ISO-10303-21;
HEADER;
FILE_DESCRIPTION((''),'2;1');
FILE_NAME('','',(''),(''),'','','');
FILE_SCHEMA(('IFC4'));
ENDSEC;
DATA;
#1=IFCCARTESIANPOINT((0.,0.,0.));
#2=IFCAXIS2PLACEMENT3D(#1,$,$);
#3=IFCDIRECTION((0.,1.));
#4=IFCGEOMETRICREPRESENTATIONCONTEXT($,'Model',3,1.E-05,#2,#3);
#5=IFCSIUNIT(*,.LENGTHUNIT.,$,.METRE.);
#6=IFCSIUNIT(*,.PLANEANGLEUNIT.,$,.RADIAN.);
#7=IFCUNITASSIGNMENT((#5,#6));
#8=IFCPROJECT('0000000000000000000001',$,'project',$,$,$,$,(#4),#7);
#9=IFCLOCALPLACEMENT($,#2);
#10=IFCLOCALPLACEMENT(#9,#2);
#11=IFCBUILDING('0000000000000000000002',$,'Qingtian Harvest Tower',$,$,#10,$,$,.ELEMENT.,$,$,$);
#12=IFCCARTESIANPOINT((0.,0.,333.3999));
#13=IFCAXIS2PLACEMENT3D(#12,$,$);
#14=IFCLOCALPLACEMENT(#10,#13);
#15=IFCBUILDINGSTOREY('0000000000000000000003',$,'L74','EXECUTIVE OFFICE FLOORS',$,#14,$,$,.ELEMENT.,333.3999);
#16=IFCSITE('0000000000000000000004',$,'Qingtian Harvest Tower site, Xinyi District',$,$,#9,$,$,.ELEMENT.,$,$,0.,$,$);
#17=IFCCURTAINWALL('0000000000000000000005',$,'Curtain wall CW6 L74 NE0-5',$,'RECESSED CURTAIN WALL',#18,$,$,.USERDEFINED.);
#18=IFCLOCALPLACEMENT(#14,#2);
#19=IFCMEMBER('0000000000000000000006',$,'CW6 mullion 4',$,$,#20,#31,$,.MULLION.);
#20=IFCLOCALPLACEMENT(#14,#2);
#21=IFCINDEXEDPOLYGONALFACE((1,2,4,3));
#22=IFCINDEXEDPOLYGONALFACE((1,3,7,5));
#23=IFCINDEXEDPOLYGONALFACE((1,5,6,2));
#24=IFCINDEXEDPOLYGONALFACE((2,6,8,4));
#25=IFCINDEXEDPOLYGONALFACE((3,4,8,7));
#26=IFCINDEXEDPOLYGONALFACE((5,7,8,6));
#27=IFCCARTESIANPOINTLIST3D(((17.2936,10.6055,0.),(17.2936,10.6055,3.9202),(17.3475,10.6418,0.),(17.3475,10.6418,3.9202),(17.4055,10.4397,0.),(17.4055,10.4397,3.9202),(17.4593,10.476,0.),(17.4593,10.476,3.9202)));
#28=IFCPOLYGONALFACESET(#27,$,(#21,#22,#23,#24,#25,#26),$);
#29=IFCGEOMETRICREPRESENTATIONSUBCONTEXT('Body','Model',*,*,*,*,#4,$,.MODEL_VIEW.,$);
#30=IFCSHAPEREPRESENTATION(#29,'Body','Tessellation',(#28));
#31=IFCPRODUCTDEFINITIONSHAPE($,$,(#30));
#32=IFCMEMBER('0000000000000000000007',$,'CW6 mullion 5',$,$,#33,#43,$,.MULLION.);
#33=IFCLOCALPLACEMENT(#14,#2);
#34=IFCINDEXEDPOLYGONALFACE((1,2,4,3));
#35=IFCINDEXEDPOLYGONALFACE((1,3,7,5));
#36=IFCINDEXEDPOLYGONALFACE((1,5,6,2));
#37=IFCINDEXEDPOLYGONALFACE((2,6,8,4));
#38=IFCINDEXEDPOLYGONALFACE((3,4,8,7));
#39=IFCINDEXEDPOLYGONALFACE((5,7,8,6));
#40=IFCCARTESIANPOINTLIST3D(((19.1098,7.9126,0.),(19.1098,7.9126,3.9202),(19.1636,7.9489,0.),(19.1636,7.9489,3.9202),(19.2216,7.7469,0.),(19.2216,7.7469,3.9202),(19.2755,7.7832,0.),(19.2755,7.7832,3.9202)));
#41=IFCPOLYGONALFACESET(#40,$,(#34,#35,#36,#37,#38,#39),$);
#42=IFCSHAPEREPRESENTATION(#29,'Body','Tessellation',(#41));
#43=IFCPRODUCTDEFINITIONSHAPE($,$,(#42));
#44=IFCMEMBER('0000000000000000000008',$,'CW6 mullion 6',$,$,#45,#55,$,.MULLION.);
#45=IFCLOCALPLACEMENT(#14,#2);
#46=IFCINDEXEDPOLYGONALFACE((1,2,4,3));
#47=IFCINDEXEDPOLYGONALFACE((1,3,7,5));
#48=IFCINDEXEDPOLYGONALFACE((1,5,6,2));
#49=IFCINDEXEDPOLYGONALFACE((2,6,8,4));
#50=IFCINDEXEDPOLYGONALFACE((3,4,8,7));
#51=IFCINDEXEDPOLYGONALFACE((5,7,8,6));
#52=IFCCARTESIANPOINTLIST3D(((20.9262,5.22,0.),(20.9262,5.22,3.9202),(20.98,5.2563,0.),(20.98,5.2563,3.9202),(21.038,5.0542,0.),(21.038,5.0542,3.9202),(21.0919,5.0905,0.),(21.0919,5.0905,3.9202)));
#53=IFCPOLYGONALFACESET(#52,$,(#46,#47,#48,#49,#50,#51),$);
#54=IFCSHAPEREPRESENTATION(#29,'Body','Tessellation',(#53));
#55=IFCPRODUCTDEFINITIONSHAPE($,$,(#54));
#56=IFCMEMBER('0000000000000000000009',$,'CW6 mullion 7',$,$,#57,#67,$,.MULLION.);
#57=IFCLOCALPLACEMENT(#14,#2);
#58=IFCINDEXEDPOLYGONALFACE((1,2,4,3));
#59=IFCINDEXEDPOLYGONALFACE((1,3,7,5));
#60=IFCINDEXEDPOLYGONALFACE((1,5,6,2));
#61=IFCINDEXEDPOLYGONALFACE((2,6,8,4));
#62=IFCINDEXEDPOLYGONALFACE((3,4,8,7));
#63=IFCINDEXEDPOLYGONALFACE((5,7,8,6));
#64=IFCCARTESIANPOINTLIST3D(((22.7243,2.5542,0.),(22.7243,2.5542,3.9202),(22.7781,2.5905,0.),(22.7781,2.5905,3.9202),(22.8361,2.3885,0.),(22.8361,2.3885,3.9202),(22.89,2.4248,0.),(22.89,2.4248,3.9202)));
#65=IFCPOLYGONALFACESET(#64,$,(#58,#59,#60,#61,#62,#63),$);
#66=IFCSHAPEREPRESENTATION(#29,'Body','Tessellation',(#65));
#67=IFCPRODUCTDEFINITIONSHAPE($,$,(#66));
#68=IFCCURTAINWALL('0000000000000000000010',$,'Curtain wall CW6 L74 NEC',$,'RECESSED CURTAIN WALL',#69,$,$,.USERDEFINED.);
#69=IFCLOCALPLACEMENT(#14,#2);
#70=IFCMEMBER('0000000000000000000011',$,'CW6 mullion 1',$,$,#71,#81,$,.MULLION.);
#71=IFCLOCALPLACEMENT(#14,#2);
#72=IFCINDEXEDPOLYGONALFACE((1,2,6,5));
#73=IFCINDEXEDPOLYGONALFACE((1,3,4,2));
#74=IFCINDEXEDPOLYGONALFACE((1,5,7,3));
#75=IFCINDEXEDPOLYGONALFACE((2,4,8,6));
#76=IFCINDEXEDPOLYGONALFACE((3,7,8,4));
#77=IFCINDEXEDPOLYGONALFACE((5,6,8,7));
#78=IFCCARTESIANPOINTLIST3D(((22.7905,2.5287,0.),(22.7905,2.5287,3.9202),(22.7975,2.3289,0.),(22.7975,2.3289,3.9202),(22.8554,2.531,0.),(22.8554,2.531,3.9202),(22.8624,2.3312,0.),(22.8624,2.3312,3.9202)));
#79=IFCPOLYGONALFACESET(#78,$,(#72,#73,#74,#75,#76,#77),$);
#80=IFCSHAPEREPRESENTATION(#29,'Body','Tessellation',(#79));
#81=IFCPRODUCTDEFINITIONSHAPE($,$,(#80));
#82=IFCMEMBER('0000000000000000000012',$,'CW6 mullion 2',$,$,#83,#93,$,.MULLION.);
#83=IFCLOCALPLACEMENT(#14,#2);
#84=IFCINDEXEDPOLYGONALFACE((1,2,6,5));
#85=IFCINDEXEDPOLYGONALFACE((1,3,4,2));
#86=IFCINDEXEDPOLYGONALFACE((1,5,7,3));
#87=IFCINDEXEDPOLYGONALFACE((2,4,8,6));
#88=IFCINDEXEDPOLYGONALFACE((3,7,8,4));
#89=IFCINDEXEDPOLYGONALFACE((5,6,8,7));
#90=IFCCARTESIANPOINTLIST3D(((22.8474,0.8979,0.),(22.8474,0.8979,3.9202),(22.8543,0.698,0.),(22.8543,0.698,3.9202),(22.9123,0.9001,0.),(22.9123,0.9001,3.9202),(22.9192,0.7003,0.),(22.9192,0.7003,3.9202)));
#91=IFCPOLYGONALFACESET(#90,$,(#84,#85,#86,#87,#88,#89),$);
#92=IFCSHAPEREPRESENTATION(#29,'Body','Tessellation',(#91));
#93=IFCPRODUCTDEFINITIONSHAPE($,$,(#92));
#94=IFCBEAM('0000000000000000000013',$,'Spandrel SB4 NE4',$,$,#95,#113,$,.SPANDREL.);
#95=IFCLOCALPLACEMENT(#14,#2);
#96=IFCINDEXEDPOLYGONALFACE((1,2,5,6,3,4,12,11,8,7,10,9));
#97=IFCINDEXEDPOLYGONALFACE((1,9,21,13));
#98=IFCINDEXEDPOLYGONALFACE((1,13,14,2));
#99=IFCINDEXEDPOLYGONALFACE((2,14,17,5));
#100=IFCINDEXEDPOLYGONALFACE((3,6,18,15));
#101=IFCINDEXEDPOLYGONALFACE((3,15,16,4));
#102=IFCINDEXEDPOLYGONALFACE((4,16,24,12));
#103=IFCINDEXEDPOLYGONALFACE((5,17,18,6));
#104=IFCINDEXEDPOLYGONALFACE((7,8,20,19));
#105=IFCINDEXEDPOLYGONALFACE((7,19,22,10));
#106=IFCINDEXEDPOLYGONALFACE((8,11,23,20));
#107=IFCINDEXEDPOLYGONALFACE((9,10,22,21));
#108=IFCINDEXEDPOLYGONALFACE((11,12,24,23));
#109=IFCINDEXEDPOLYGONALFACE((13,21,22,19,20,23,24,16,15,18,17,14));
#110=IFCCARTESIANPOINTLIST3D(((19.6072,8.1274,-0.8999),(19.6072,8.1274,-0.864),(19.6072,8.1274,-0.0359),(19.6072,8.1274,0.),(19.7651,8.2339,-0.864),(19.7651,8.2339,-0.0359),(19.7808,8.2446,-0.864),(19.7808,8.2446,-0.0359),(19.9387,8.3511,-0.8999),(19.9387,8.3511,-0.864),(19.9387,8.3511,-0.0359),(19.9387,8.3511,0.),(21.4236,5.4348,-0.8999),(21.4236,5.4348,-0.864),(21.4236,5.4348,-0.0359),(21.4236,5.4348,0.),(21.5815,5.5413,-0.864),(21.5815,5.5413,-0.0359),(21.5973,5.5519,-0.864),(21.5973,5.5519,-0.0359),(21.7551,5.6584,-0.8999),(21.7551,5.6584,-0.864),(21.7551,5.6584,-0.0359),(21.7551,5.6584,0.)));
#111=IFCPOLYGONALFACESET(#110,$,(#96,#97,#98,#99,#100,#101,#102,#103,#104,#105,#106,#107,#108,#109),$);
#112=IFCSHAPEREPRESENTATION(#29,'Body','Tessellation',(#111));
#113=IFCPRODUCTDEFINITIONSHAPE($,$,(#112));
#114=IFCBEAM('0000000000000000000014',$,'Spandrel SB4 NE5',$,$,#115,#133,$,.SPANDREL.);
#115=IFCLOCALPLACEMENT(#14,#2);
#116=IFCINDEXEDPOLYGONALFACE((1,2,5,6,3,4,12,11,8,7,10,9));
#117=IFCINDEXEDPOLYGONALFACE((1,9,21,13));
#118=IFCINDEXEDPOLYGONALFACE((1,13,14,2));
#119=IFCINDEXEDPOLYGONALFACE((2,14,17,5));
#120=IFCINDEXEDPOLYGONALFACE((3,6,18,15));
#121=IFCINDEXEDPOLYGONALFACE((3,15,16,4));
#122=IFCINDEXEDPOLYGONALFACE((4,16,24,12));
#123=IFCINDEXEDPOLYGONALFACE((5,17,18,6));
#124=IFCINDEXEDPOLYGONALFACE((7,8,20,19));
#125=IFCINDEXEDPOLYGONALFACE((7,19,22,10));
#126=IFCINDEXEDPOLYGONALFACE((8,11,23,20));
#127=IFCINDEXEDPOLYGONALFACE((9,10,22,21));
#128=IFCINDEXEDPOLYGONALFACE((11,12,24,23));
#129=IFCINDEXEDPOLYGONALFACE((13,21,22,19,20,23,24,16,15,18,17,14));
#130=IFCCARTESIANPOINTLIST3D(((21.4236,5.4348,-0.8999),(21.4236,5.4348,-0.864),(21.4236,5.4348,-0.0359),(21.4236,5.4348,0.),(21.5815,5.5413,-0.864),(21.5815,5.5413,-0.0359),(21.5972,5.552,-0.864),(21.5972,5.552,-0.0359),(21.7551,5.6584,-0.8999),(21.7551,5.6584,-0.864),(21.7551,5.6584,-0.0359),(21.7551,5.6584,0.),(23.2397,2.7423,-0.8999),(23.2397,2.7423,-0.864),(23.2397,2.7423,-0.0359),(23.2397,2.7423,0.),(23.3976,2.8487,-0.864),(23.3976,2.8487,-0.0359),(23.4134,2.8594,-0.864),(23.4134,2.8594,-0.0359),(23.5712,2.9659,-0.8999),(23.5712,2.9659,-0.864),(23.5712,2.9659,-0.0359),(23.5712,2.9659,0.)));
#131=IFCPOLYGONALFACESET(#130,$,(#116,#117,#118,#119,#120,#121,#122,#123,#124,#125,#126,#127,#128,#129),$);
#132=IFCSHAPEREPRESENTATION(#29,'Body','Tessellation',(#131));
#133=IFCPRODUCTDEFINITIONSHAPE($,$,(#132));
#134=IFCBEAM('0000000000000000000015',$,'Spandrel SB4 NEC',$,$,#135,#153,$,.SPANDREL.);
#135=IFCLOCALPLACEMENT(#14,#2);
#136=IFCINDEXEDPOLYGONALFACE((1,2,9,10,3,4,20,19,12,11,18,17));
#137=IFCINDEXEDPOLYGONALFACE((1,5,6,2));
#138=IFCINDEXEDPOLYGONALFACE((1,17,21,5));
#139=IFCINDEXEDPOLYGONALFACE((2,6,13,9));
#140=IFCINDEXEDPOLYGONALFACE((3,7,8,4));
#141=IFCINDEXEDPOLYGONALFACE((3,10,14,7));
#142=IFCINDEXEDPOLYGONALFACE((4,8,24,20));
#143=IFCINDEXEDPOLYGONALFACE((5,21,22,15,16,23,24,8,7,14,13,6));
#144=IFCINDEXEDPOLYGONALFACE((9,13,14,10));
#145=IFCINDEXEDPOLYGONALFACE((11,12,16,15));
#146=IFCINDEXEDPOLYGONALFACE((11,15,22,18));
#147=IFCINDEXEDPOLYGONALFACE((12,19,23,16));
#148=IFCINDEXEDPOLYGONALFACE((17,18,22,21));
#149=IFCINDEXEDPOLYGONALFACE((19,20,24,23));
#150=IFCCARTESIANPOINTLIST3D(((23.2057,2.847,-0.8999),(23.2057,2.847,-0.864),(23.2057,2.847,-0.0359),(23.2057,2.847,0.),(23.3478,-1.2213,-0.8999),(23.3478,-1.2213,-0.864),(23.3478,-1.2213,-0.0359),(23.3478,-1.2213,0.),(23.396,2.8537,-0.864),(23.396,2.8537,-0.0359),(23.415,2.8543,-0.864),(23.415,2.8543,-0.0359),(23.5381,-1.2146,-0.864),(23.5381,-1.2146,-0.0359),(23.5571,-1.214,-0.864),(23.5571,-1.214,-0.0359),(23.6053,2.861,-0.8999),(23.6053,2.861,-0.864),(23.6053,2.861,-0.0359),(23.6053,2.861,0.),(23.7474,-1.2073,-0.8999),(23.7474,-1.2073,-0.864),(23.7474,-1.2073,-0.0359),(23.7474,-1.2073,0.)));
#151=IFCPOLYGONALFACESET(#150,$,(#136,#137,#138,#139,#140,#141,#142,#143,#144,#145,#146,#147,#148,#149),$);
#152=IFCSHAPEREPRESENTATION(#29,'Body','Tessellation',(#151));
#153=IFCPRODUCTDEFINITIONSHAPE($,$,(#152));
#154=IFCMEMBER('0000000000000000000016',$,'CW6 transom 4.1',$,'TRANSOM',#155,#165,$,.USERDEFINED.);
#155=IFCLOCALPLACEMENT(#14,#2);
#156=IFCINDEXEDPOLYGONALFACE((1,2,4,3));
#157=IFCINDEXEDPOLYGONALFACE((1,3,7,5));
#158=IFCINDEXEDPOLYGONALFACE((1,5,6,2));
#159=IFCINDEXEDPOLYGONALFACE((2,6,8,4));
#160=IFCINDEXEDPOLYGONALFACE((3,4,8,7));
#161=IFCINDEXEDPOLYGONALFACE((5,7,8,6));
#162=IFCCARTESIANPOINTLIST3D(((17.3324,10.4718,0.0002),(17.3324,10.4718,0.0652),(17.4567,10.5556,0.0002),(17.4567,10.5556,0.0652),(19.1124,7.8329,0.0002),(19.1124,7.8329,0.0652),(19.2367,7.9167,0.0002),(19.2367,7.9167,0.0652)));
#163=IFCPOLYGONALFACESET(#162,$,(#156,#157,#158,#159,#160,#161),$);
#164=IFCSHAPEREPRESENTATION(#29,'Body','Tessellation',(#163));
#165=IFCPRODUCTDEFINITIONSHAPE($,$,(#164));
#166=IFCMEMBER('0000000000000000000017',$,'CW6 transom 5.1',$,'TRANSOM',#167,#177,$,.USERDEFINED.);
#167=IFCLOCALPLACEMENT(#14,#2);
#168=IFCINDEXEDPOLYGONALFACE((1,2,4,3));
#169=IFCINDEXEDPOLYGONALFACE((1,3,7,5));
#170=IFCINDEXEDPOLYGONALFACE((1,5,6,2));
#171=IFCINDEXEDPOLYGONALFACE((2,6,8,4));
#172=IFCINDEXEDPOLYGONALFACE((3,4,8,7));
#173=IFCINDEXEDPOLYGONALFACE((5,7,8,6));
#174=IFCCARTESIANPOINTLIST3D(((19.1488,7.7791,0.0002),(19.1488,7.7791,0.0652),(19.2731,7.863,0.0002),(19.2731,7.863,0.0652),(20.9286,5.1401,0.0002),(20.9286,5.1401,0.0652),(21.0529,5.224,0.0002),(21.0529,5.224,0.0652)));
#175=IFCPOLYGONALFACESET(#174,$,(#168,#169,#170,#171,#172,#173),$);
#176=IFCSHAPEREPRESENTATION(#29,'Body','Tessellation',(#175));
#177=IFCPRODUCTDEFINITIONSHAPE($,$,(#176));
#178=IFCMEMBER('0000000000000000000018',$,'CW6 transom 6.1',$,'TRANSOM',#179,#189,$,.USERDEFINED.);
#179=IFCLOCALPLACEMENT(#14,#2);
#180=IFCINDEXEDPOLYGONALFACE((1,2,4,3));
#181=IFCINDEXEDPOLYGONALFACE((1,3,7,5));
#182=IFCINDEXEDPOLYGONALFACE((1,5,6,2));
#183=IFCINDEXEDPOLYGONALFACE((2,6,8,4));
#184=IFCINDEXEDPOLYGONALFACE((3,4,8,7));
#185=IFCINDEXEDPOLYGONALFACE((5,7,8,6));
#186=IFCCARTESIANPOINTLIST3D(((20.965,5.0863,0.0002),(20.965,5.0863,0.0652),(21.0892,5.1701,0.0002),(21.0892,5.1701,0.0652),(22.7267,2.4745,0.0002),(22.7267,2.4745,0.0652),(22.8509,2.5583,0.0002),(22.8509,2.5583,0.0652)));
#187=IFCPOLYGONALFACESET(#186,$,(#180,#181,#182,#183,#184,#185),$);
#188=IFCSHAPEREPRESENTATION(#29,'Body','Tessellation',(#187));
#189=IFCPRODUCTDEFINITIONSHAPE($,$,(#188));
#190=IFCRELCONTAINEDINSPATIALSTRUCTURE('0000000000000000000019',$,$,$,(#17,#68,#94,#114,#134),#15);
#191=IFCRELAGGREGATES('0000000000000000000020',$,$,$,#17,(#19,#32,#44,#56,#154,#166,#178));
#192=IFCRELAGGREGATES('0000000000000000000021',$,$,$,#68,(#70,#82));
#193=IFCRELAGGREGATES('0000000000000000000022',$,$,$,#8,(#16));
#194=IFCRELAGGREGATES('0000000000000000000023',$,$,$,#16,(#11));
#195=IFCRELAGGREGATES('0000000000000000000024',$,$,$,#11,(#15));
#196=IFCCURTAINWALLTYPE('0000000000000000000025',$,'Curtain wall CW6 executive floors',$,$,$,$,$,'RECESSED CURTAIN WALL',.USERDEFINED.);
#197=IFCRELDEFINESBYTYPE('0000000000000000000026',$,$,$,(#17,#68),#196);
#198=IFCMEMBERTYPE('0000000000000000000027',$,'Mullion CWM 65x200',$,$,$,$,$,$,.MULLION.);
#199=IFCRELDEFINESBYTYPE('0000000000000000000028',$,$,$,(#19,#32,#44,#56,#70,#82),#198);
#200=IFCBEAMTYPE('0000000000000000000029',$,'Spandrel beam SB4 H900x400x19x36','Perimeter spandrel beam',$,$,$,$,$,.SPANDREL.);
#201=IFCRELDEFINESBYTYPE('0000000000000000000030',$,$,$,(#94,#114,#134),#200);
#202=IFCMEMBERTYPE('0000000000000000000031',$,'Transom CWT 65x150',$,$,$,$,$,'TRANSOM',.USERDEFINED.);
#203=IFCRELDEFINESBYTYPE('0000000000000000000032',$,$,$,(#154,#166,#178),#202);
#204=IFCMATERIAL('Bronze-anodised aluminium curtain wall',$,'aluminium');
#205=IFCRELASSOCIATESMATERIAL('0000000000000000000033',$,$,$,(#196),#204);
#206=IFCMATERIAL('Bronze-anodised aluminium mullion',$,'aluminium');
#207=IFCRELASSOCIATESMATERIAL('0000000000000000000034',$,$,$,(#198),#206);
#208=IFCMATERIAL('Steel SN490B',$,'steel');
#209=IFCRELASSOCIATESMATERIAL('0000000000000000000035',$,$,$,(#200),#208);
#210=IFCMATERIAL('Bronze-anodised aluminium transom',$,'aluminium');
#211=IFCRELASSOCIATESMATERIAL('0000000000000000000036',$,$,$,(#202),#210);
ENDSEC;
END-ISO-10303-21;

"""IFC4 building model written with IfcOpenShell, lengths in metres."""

from ifc_helpers import new_model, si_unit, direction, frame, origin, origin_2d, place, context, subcontext, project, spatial, rectangle, i_section, extrude, material, material_profile, profile_set, type_object, element, aggregate, save


model = new_model("IFC4")

# Units and contexts
model_context = context("Model", 3, precision=1e-05, world=origin(), true_north=direction((0.0, 1.0)))
body_context = subcontext(model_context, "Body", "Model", "MODEL_VIEW")
ifc_project = project(units=[si_unit("LENGTHUNIT", "METRE"), si_unit("PLANEANGLEUNIT", "RADIAN")], contexts=[model_context])

# Site, building, storey
site_placement = place(None, origin())
site = spatial("IfcSite", under=ifc_project, at=site_placement, Name="Qingtian Harvest Tower site, Xinyi District", CompositionType="ELEMENT", RefElevation=0.0)
building_placement = place(site_placement, origin())
building = spatial("IfcBuilding", under=site, at=building_placement, Name="Qingtian Harvest Tower", CompositionType="ELEMENT")
storey_placement = place(building_placement, frame((0.0, 0.0, 333.3999)))
storey = spatial("IfcBuildingStorey", under=building, at=storey_placement, Name="L74", Description="EXECUTIVE OFFICE FLOORS", CompositionType="ELEMENT", Elevation=333.3999)

# Curtain walls, members
ifc_material_1 = material(Name="Bronze-anodised aluminium curtain wall", Category="aluminium")
curtain_wall_type = type_object("IfcCurtainWallType", Name="Curtain wall CW6 executive floors", ElementType="RECESSED CURTAIN WALL", PredefinedType="USERDEFINED", material=ifc_material_1)
curtain_wall_1_placement = place(storey_placement, origin())
curtain_wall_1 = element("IfcCurtainWall", 1, at=curtain_wall_1_placement, inside=storey, type_object=curtain_wall_type, Name="Curtain wall CW6 L74 NE0-5", ObjectType="RECESSED CURTAIN WALL", PredefinedType="USERDEFINED")
ifc_material_2 = material(Name="Bronze-anodised aluminium mullion", Category="aluminium")
ifc_material_profile_1 = material_profile(ifc_material_2, rectangle(XDim=0.0649, YDim=0.2, at=origin_2d()), Name="AL 65x200")
ifc_profile_set_1 = profile_set([ifc_material_profile_1], Name="Bronze-anodised aluminium mullion")
member_type_1 = type_object("IfcMemberType", Name="Mullion CWM 65x200", PredefinedType="MULLION", material=ifc_profile_set_1)
member_1_placement = place(storey_placement, frame((17.3765, 10.5408, 0.0), z_axis=(0.0, 0.0, 1.0), x_axis=(0.829038, 0.559193, 0.0)))
member_1 = element("IfcMember", 2, at=member_1_placement, type_object=member_type_1, Name="CW6 mullion 4", PredefinedType="MULLION", context=body_context, shape_type="SweptSolid", body=[
    extrude(rectangle(XDim=0.0649, YDim=0.2, at=origin_2d()), origin(), (0.0, 0.0, 1.0), 3.9202),
])
member_2_placement = place(storey_placement, frame((19.1926, 7.8479, 0.0), z_axis=(0.0, 0.0, 1.0), x_axis=(0.829038, 0.559193, 0.0)))
member_2 = element("IfcMember", 3, at=member_2_placement, type_object=member_type_1, Name="CW6 mullion 5", PredefinedType="MULLION", context=body_context, shape_type="SweptSolid", body=[
    extrude(rectangle(XDim=0.0649, YDim=0.2, at=origin_2d()), origin(), (0.0, 0.0, 1.0), 3.9202),
])
member_3_placement = place(storey_placement, frame((21.009, 5.1553, 0.0), z_axis=(0.0, 0.0, 1.0), x_axis=(0.829038, 0.559193, 0.0)))
member_3 = element("IfcMember", 4, at=member_3_placement, type_object=member_type_1, Name="CW6 mullion 6", PredefinedType="MULLION", context=body_context, shape_type="SweptSolid", body=[
    extrude(rectangle(XDim=0.0649, YDim=0.2, at=origin_2d()), origin(), (0.0, 0.0, 1.0), 3.9202),
])
member_4_placement = place(storey_placement, frame((22.8071, 2.4895, 0.0), z_axis=(0.0, 0.0, 1.0), x_axis=(0.829038, 0.559193, 0.0)))
member_4 = element("IfcMember", 5, at=member_4_placement, type_object=member_type_1, Name="CW6 mullion 7", PredefinedType="MULLION", context=body_context, shape_type="SweptSolid", body=[
    extrude(rectangle(XDim=0.0649, YDim=0.2, at=origin_2d()), origin(), (0.0, 0.0, 1.0), 3.9202),
])
curtain_wall_2_placement = place(storey_placement, origin())
curtain_wall_2 = element("IfcCurtainWall", 6, at=curtain_wall_2_placement, inside=storey, type_object=curtain_wall_type, Name="Curtain wall CW6 L74 NEC", ObjectType="RECESSED CURTAIN WALL", PredefinedType="USERDEFINED")
member_5_placement = place(storey_placement, frame((22.8264, 2.4299, 0.0), z_axis=(0.0, 0.0, 1.0), x_axis=(0.999391, 0.034899, 0.0)))
member_5 = element("IfcMember", 7, at=member_5_placement, type_object=member_type_1, Name="CW6 mullion 1", PredefinedType="MULLION", context=body_context, shape_type="SweptSolid", body=[
    extrude(rectangle(XDim=0.0649, YDim=0.2, at=origin_2d()), origin(), (0.0, 0.0, 1.0), 3.9202),
])
member_6_placement = place(storey_placement, frame((22.8833, 0.7991, 0.0), z_axis=(0.0, 0.0, 1.0), x_axis=(0.999391, 0.034899, 0.0)))
member_6 = element("IfcMember", 8, at=member_6_placement, type_object=member_type_1, Name="CW6 mullion 2", PredefinedType="MULLION", context=body_context, shape_type="SweptSolid", body=[
    extrude(rectangle(XDim=0.0649, YDim=0.2, at=origin_2d()), origin(), (0.0, 0.0, 1.0), 3.9202),
])

# Beams
ifc_material_3 = material(Name="Steel SN490B", Category="steel")
ifc_material_profile_2 = material_profile(ifc_material_3, i_section(OverallWidth=0.3999, OverallDepth=0.8999, WebThickness=0.019, FlangeThickness=0.0359, at=origin_2d()), Name="H900x400x19x36")
ifc_profile_set_2 = profile_set([ifc_material_profile_2], Name="Steel SN490B")
beam_type_1 = type_object("IfcBeamType", Name="Spandrel beam SB4 H900x400x19x36", Description="Perimeter spandrel beam", PredefinedType="SPANDREL", material=ifc_profile_set_2)
beam_1_placement = place(storey_placement, frame((19.7729, 8.2393, -0.45), z_axis=(0.559237, -0.829008, 0.0), x_axis=(0.829008, 0.559237, 0.0)))
element("IfcBeam", 9, at=beam_1_placement, inside=storey, type_object=beam_type_1, Name="Spandrel SB4 NE4", PredefinedType="SPANDREL", context=body_context, shape_type="SweptSolid", body=[
    extrude(i_section(OverallWidth=0.3999, OverallDepth=0.8999, WebThickness=0.019, FlangeThickness=0.0359, at=origin_2d()), origin(), (0.0, 0.0, 1.0), 3.248),
])
beam_2_placement = place(storey_placement, frame((21.5894, 5.5466, -0.45), z_axis=(0.559185, -0.829043, 0.0), x_axis=(0.829043, 0.559185, 0.0)))
element("IfcBeam", 10, at=beam_2_placement, inside=storey, type_object=beam_type_1, Name="Spandrel SB4 NE5", PredefinedType="SPANDREL", context=body_context, shape_type="SweptSolid", body=[
    extrude(i_section(OverallWidth=0.3999, OverallDepth=0.8999, WebThickness=0.019, FlangeThickness=0.0359, at=origin_2d()), origin(), (0.0, 0.0, 1.0), 3.2478),
])
beam_3_placement = place(storey_placement, frame((23.4055, 2.854, -0.45), z_axis=(0.034904, -0.999391, 0.0), x_axis=(0.999391, 0.034904, 0.0)))
element("IfcBeam", 11, at=beam_3_placement, inside=storey, type_object=beam_type_1, Name="Spandrel SB4 NEC", PredefinedType="SPANDREL", context=body_context, shape_type="SweptSolid", body=[
    extrude(i_section(OverallWidth=0.3999, OverallDepth=0.8999, WebThickness=0.019, FlangeThickness=0.0359, at=origin_2d()), origin(), (0.0, 0.0, 1.0), 4.0708),
])

# Members
ifc_material_4 = material(Name="Bronze-anodised aluminium transom", Category="aluminium")
ifc_material_profile_3 = material_profile(ifc_material_4, rectangle(XDim=0.1499, YDim=0.0649, at=origin_2d()), Name="AL 65x150")
ifc_profile_set_3 = profile_set([ifc_material_profile_3], Name="Bronze-anodised aluminium transom")
member_type_2 = type_object("IfcMemberType", Name="Transom CWT 65x150", ElementType="TRANSOM", PredefinedType="USERDEFINED", material=ifc_profile_set_3)
member_7_placement = place(storey_placement, frame((17.3945, 10.5137, 0.0327), z_axis=(0.559205, -0.829029, 0.0), x_axis=(0.829029, 0.559205, 0.0)))
member_7 = element("IfcMember", 12, at=member_7_placement, type_object=member_type_2, Name="CW6 transom 4.1", ObjectType="TRANSOM", PredefinedType="USERDEFINED", context=body_context, shape_type="SweptSolid", body=[
    extrude(rectangle(XDim=0.1499, YDim=0.0649, at=origin_2d()), origin(), (0.0, 0.0, 1.0), 3.1831),
])
member_8_placement = place(storey_placement, frame((19.2109, 7.821, 0.0327), z_axis=(0.559153, -0.829065, 0.0), x_axis=(0.829065, 0.559153, 0.0)))
member_8 = element("IfcMember", 13, at=member_8_placement, type_object=member_type_2, Name="CW6 transom 5.1", ObjectType="TRANSOM", PredefinedType="USERDEFINED", context=body_context, shape_type="SweptSolid", body=[
    extrude(rectangle(XDim=0.1499, YDim=0.0649, at=origin_2d()), origin(), (0.0, 0.0, 1.0), 3.1831),
])
member_9_placement = place(storey_placement, frame((21.0271, 5.1282, 0.0327), z_axis=(0.559199, -0.829034, 0.0), x_axis=(0.829034, 0.559199, 0.0)))
member_9 = element("IfcMember", 14, at=member_9_placement, type_object=member_type_2, Name="CW6 transom 6.1", ObjectType="TRANSOM", PredefinedType="USERDEFINED", context=body_context, shape_type="SweptSolid", body=[
    extrude(rectangle(XDim=0.1499, YDim=0.0649, at=origin_2d()), origin(), (0.0, 0.0, 1.0), 3.1504),
])

aggregate(curtain_wall_1, [member_1, member_2, member_3, member_4, member_7, member_8, member_9])
aggregate(curtain_wall_2, [member_5, member_6])

save(model, "model.ifc")
